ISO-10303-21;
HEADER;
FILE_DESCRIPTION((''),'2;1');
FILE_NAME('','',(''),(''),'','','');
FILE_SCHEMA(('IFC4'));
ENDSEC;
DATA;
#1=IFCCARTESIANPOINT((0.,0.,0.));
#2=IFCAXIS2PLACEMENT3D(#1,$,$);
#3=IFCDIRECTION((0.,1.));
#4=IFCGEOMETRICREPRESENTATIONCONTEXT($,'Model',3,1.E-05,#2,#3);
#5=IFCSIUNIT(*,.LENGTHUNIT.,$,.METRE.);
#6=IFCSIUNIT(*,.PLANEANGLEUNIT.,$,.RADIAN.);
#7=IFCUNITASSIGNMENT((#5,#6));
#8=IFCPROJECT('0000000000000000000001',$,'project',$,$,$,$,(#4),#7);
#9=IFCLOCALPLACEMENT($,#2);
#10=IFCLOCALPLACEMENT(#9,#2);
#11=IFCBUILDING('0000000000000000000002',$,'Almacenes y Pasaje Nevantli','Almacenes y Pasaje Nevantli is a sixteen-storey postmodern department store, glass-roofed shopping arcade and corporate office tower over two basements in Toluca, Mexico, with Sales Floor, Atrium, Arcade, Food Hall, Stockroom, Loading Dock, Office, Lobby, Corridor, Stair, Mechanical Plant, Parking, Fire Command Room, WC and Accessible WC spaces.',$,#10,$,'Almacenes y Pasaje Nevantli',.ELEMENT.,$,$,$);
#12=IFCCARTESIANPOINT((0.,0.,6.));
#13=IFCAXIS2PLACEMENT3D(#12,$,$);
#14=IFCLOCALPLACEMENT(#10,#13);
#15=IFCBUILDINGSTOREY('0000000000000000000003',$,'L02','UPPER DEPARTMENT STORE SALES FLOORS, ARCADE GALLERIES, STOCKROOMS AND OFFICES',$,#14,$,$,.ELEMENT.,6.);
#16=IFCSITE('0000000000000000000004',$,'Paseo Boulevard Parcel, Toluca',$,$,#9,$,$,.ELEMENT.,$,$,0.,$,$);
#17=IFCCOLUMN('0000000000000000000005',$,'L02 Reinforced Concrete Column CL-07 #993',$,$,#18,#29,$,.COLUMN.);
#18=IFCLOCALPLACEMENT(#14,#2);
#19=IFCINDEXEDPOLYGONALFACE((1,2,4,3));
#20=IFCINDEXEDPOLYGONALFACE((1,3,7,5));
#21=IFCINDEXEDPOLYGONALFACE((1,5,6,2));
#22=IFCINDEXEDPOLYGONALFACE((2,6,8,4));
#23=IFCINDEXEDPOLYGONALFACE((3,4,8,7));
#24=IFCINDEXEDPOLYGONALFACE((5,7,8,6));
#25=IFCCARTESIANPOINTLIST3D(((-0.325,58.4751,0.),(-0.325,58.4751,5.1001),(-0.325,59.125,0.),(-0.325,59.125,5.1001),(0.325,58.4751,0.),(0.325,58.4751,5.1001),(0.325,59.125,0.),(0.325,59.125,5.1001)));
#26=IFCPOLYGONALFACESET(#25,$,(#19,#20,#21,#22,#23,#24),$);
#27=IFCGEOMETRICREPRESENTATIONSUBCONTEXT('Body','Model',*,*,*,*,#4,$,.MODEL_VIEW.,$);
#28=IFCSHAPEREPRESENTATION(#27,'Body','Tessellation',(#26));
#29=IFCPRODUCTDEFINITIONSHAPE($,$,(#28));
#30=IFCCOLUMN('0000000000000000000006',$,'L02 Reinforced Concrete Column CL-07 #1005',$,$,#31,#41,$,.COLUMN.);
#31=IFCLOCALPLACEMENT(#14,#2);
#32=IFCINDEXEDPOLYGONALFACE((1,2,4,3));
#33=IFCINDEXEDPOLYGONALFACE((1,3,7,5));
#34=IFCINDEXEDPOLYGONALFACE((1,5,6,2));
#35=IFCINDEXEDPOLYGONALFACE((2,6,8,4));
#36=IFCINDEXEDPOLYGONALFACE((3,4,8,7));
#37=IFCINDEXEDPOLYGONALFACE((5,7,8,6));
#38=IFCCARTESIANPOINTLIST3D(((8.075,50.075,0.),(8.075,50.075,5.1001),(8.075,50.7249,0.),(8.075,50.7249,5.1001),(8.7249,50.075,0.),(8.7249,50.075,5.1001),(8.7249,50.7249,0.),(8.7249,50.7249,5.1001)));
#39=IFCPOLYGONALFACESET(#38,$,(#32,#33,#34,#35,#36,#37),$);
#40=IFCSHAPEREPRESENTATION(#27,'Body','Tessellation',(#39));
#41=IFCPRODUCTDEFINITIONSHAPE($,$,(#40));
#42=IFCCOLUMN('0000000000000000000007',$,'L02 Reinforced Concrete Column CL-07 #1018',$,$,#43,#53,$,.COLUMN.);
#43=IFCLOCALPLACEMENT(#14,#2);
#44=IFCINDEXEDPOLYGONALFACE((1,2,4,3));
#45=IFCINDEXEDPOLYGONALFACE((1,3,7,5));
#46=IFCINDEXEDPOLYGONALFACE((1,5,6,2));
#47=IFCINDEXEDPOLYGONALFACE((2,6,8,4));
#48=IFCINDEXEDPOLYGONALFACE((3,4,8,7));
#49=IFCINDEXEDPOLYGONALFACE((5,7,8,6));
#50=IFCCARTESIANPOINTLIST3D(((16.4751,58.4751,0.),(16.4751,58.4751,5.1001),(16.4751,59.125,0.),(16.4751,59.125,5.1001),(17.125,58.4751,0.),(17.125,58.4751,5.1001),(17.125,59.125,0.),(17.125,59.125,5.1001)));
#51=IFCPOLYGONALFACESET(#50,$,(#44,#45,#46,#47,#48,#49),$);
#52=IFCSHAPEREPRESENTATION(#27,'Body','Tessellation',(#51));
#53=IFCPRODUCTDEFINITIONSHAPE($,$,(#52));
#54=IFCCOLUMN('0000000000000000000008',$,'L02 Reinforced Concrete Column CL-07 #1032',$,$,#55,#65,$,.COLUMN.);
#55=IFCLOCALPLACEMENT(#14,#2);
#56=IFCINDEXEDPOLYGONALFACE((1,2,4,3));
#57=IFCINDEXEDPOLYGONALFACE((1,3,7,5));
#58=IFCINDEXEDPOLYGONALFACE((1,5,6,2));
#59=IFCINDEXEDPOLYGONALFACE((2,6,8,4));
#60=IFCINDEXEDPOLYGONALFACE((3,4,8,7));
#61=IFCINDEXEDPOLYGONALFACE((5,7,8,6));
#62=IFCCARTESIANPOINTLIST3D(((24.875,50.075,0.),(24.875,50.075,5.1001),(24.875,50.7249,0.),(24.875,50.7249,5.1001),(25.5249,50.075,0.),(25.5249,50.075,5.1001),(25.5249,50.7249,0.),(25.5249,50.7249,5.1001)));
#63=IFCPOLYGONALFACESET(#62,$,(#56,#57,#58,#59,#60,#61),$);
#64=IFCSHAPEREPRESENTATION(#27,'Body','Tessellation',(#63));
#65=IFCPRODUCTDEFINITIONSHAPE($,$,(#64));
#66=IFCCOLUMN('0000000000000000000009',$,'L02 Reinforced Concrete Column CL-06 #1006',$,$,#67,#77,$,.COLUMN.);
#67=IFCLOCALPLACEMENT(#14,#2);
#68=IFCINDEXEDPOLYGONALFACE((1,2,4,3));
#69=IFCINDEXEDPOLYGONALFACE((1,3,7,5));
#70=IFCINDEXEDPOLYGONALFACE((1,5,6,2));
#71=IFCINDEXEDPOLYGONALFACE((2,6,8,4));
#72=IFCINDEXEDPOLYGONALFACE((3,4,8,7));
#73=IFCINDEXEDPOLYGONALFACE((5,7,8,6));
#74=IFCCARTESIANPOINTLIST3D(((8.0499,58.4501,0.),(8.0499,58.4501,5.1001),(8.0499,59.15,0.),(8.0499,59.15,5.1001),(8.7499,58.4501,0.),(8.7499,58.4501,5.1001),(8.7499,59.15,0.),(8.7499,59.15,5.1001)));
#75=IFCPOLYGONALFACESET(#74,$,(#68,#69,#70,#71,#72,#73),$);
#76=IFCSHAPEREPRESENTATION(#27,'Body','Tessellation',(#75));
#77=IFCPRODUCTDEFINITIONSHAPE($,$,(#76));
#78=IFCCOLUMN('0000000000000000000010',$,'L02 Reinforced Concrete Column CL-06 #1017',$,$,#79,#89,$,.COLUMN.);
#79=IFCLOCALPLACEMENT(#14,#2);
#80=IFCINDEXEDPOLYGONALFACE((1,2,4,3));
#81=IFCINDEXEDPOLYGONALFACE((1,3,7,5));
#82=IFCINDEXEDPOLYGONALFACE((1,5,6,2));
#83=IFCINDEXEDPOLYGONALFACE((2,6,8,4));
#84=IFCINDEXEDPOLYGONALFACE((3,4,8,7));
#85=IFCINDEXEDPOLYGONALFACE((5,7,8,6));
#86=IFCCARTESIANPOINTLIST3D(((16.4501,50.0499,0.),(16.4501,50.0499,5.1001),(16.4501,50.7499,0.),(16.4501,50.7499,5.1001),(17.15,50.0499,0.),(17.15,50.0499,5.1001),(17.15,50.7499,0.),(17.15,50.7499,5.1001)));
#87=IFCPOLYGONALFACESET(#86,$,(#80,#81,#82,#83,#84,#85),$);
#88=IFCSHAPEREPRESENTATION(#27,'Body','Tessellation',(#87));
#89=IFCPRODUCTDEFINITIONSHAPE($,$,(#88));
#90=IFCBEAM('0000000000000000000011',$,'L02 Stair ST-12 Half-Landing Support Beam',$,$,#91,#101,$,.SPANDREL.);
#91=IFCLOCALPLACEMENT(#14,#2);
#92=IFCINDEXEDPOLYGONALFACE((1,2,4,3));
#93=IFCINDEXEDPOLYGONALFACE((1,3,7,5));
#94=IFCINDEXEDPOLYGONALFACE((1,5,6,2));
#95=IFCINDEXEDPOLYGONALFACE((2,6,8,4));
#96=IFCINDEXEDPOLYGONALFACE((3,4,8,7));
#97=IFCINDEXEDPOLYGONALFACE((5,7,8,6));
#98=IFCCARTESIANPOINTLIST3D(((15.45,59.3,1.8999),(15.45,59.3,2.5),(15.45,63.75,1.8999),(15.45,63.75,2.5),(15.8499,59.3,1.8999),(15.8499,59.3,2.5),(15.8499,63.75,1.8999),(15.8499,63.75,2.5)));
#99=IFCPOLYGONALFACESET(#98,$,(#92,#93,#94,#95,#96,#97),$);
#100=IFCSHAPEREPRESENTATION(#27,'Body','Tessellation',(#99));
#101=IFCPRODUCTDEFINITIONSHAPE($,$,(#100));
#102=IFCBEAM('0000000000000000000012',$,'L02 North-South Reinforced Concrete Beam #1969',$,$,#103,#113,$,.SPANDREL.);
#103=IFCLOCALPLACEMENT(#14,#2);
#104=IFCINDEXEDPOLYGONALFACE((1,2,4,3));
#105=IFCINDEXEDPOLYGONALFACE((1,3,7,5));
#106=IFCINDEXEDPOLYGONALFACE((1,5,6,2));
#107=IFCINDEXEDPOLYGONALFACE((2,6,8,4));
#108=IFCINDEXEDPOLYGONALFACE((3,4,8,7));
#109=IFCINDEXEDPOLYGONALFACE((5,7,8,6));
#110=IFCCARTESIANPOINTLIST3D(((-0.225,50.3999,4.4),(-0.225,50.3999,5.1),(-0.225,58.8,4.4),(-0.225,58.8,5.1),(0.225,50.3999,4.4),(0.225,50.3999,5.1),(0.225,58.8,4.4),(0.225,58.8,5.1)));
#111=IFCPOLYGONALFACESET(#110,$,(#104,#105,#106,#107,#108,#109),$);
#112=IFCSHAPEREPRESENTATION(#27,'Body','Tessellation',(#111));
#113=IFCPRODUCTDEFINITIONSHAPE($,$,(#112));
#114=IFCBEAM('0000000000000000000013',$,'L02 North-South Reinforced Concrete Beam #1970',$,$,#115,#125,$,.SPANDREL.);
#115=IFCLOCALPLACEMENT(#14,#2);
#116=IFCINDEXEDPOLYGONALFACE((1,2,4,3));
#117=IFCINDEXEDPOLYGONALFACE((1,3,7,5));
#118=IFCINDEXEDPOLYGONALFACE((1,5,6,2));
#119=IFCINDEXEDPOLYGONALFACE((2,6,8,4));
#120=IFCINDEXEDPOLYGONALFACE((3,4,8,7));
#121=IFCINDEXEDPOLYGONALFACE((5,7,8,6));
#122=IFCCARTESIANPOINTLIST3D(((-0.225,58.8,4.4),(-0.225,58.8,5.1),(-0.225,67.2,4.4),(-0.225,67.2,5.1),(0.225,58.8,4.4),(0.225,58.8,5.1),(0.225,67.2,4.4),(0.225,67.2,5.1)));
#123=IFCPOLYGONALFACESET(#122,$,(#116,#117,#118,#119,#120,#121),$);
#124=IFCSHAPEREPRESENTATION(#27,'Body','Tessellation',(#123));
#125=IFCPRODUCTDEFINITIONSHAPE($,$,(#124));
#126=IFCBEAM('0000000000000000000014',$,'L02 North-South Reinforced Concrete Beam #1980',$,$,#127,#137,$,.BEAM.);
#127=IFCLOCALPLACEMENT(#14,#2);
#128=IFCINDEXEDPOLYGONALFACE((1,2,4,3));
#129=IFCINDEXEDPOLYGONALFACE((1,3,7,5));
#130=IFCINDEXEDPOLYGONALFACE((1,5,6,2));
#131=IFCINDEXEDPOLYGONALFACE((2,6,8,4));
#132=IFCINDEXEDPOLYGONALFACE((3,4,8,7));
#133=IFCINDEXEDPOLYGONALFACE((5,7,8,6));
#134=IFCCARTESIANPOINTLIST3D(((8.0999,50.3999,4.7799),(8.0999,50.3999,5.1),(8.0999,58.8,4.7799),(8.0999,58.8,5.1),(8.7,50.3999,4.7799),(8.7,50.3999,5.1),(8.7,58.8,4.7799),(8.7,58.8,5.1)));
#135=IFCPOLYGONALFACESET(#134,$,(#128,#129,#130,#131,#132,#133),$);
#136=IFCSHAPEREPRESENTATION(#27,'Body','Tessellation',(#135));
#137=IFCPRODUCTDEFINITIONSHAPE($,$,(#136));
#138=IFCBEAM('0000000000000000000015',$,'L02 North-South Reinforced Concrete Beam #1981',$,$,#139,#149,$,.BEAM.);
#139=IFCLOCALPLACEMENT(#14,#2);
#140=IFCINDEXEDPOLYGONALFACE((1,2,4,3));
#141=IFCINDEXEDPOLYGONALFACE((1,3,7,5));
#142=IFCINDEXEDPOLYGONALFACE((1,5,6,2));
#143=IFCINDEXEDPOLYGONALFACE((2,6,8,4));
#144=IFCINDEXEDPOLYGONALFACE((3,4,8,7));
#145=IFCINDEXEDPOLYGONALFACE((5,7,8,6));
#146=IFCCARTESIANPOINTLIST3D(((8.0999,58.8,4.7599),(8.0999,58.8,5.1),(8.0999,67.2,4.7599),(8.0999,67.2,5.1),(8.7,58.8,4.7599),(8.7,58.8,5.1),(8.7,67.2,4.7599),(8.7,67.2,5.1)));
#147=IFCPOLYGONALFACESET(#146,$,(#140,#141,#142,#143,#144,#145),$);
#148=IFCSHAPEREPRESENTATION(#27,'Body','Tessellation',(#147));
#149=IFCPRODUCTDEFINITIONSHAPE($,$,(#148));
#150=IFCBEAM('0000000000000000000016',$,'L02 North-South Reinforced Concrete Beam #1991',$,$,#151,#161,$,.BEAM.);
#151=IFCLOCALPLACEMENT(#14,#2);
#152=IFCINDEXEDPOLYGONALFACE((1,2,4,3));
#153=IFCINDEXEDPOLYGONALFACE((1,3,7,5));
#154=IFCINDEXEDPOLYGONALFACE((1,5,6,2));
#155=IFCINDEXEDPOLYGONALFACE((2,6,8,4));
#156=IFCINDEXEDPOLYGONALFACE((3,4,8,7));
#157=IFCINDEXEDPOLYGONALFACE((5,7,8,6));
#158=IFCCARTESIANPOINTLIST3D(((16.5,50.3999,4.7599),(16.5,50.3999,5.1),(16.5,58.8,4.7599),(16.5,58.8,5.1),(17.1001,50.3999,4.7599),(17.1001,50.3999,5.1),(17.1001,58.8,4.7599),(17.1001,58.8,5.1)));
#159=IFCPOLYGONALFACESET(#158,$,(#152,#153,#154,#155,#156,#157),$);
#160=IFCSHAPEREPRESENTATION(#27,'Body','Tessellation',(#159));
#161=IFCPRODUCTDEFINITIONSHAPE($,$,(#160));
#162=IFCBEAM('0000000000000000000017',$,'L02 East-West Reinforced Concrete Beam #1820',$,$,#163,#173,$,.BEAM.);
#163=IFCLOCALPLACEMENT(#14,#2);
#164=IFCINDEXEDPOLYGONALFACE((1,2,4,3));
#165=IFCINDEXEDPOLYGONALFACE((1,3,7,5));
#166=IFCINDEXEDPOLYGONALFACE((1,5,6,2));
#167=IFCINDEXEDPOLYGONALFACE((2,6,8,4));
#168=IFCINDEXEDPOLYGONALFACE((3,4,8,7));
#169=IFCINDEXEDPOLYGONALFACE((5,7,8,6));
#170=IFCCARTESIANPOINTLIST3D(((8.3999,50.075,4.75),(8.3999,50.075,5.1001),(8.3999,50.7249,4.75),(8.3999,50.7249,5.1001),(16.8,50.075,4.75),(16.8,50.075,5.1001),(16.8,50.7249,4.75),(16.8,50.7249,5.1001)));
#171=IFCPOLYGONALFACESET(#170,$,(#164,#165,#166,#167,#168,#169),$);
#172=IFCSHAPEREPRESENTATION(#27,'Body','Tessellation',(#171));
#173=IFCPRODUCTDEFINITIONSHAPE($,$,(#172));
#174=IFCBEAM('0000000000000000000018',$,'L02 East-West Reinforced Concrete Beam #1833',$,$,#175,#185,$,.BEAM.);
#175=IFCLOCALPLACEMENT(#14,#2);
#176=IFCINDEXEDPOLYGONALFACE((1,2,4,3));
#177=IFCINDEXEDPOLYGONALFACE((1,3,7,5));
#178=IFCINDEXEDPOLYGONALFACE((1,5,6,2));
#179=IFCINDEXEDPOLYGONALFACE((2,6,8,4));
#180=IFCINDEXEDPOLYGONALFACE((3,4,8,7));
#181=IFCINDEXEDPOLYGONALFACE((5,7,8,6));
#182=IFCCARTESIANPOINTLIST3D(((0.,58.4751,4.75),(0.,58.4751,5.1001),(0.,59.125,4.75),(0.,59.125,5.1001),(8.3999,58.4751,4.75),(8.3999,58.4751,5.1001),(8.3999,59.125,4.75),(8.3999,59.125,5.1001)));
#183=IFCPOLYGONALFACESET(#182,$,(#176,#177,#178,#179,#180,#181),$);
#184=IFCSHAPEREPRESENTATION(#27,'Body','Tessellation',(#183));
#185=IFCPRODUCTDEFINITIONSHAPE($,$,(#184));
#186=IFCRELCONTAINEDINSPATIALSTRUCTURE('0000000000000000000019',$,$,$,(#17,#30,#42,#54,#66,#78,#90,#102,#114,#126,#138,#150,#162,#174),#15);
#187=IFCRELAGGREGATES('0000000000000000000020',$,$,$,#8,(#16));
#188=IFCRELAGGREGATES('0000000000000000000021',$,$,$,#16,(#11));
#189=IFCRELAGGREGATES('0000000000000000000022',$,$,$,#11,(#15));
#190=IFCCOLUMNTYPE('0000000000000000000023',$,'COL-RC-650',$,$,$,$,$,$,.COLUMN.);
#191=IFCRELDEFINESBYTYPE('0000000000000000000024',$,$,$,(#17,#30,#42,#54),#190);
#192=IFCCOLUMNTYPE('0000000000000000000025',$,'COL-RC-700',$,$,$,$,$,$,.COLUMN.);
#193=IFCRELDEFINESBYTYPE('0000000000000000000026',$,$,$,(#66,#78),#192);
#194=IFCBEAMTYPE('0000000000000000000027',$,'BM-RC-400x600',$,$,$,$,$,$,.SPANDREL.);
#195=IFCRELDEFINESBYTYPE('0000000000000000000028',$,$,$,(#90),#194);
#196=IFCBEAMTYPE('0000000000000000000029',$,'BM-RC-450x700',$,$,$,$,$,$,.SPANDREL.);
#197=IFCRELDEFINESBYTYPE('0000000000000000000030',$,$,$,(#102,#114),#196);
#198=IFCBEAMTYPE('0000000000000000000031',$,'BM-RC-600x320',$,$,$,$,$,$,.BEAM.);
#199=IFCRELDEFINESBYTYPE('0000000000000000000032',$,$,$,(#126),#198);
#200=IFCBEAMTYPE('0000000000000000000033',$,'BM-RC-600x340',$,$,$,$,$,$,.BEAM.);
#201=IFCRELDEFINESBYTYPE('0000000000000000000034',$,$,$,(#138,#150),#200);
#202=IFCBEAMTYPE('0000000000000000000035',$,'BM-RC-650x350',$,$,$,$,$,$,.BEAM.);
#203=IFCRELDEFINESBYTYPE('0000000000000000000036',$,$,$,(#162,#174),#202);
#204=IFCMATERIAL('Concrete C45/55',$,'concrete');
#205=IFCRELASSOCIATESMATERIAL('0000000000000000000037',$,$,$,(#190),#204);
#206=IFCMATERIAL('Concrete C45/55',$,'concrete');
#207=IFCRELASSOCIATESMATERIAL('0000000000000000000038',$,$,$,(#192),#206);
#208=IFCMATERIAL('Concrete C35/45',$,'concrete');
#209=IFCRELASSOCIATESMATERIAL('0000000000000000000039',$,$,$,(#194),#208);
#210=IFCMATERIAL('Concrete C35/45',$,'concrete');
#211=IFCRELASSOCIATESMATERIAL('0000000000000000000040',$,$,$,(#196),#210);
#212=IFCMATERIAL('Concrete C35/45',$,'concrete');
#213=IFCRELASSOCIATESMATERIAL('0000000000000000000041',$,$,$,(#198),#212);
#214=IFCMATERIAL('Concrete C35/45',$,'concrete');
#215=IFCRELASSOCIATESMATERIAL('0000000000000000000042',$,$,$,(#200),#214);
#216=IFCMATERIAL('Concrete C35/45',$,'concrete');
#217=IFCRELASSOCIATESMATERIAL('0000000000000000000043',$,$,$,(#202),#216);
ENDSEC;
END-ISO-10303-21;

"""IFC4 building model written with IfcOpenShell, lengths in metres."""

from ifc_helpers import new_model, si_unit, direction, frame, origin, origin_2d, place, context, subcontext, project, spatial, rectangle, extrude, material, material_profile, profile_set, type_object, element, save


model = new_model("IFC4")

# Units and contexts
model_context = context("Model", 3, precision=1e-05, world=origin(), true_north=direction((0.0, 1.0)))
body_context = subcontext(model_context, "Body", "Model", "MODEL_VIEW")
ifc_project = project(units=[si_unit("LENGTHUNIT", "METRE"), si_unit("PLANEANGLEUNIT", "RADIAN")], contexts=[model_context])

# Site, building, storey
site_placement = place(None, origin())
site = spatial("IfcSite", under=ifc_project, at=site_placement, Name="Paseo Boulevard Parcel, Toluca", CompositionType="ELEMENT", RefElevation=0.0)
building_placement = place(site_placement, origin())
building = spatial("IfcBuilding", under=site, at=building_placement, Name="Almacenes y Pasaje Nevantli", Description="Almacenes y Pasaje Nevantli is a sixteen-storey postmodern department store, glass-roofed shopping arcade and corporate office tower over two basements in Toluca, Mexico, with Sales Floor, Atrium, Arcade, Food Hall, Stockroom, Loading Dock, Office, Lobby, Corridor, Stair, Mechanical Plant, Parking, Fire Command Room, WC and Accessible WC spaces.", LongName="Almacenes y Pasaje Nevantli", CompositionType="ELEMENT")
storey_placement = place(building_placement, frame((0.0, 0.0, 6.0)))
storey = spatial("IfcBuildingStorey", under=building, at=storey_placement, Name="L02", Description="UPPER DEPARTMENT STORE SALES FLOORS, ARCADE GALLERIES, STOCKROOMS AND OFFICES", CompositionType="ELEMENT", Elevation=6.0)

# Columns
ifc_material_1 = material(Name="Concrete C45/55", Category="concrete")
ifc_material_profile_1 = material_profile(ifc_material_1, rectangle(XDim=0.6499, YDim=0.6499, at=origin_2d()), Name="RC-COL-650x650")
ifc_profile_set_1 = profile_set([ifc_material_profile_1], Name="Concrete C45/55")
column_type_1 = type_object("IfcColumnType", Name="COL-RC-650", PredefinedType="COLUMN", material=ifc_profile_set_1)
for number, where, z_axis, x_axis, name in (
    (1, (0.0, 58.8, 0.0), (0.0, 0.0, 1.0), (1.0, 0.0, 0.0), "L02 Reinforced Concrete Column CL-07 #993"),
    (2, (8.3999, 50.3999, 0.0), (0.0, 0.0, 1.0), (1.0, 0.0, 0.0), "L02 Reinforced Concrete Column CL-07 #1005"),
    (3, (16.8, 58.8, 0.0), (0.0, 0.0, 1.0), (1.0, 0.0, 0.0), "L02 Reinforced Concrete Column CL-07 #1018"),
    (4, (25.2, 50.3999, 0.0), (0.0, 0.0, 1.0), (1.0, 0.0, 0.0), "L02 Reinforced Concrete Column CL-07 #1032"),
):
    element("IfcColumn", number, at=place(storey_placement, frame(where, z_axis=z_axis, x_axis=x_axis)), inside=storey, type_object=column_type_1, Name=name, PredefinedType="COLUMN", context=body_context, shape_type="SweptSolid", body=[
        extrude(rectangle(XDim=0.6499, YDim=0.6499, at=origin_2d()), origin(), (0.0, 0.0, 1.0), 5.1001),
    ])
ifc_material_2 = material(Name="Concrete C45/55", Category="concrete")
ifc_material_profile_2 = material_profile(ifc_material_2, rectangle(XDim=0.7, YDim=0.7, at=origin_2d()), Name="RC-COL-700x700")
ifc_profile_set_2 = profile_set([ifc_material_profile_2], Name="Concrete C45/55")
column_type_2 = type_object("IfcColumnType", Name="COL-RC-700", PredefinedType="COLUMN", material=ifc_profile_set_2)
for number, where, z_axis, x_axis, name in (
    (5, (8.3999, 58.8, 0.0), (0.0, 0.0, 1.0), (1.0, 0.0, 0.0), "L02 Reinforced Concrete Column CL-06 #1006"),
    (6, (16.8, 50.3999, 0.0), (0.0, 0.0, 1.0), (1.0, 0.0, 0.0), "L02 Reinforced Concrete Column CL-06 #1017"),
):
    element("IfcColumn", number, at=place(storey_placement, frame(where, z_axis=z_axis, x_axis=x_axis)), inside=storey, type_object=column_type_2, Name=name, PredefinedType="COLUMN", context=body_context, shape_type="SweptSolid", body=[
        extrude(rectangle(XDim=0.7, YDim=0.7, at=origin_2d()), origin(), (0.0, 0.0, 1.0), 5.1001),
    ])

# Beams
ifc_material_3 = material(Name="Concrete C35/45", Category="concrete")
ifc_material_profile_3 = material_profile(ifc_material_3, rectangle(XDim=0.3999, YDim=0.6001, at=origin_2d()), Name="RC-BM-400x600")
ifc_profile_set_3 = profile_set([ifc_material_profile_3], Name="Concrete C35/45")
beam_type_1 = type_object("IfcBeamType", Name="BM-RC-400x600", PredefinedType="SPANDREL", material=ifc_profile_set_3)
beam_1_placement = place(storey_placement, frame((15.6499, 59.3, 2.2), z_axis=(0.0, 1.0, 0.0), x_axis=(-1.0, 0.0, 0.0)))
element("IfcBeam", 7, at=beam_1_placement, inside=storey, type_object=beam_type_1, Name="L02 Stair ST-12 Half-Landing Support Beam", PredefinedType="SPANDREL", context=body_context, shape_type="SweptSolid", body=[
    extrude(rectangle(XDim=0.3999, YDim=0.6001, at=origin_2d()), origin(), (0.0, 0.0, 1.0), 4.45),
])
ifc_material_4 = material(Name="Concrete C35/45", Category="concrete")
ifc_material_profile_4 = material_profile(ifc_material_4, rectangle(XDim=0.45, YDim=0.7, at=origin_2d()), Name="RC-BM-450x700")
ifc_profile_set_4 = profile_set([ifc_material_profile_4], Name="Concrete C35/45")
beam_type_2 = type_object("IfcBeamType", Name="BM-RC-450x700", PredefinedType="SPANDREL", material=ifc_profile_set_4)
beam_2_placement = place(storey_placement, frame((0.0, 50.3999, 4.75), z_axis=(0.0, 1.0, 0.0), x_axis=(-1.0, 0.0, 0.0)))
element("IfcBeam", 8, at=beam_2_placement, inside=storey, type_object=beam_type_2, Name="L02 North-South Reinforced Concrete Beam #1969", PredefinedType="SPANDREL", context=body_context, shape_type="SweptSolid", body=[
    extrude(rectangle(XDim=0.45, YDim=0.7, at=origin_2d()), origin(), (0.0, 0.0, 1.0), 8.4001),
])
beam_3_placement = place(storey_placement, frame((0.0, 58.8, 4.75), z_axis=(0.0, 1.0, 0.0), x_axis=(-1.0, 0.0, 0.0)))
element("IfcBeam", 9, at=beam_3_placement, inside=storey, type_object=beam_type_2, Name="L02 North-South Reinforced Concrete Beam #1970", PredefinedType="SPANDREL", context=body_context, shape_type="SweptSolid", body=[
    extrude(rectangle(XDim=0.45, YDim=0.7, at=origin_2d()), origin(), (0.0, 0.0, 1.0), 8.3999),
])
ifc_material_5 = material(Name="Concrete C35/45", Category="concrete")
ifc_material_profile_5 = material_profile(ifc_material_5, rectangle(XDim=0.6001, YDim=0.3201, at=origin_2d()), Name="RC-BM-600x320")
ifc_profile_set_5 = profile_set([ifc_material_profile_5], Name="Concrete C35/45")
beam_type_3 = type_object("IfcBeamType", Name="BM-RC-600x320", PredefinedType="BEAM", material=ifc_profile_set_5)
beam_4_placement = place(storey_placement, frame((8.3999, 50.3999, 4.9399), z_axis=(0.0, 1.0, 0.0), x_axis=(-1.0, 0.0, 0.0)))
element("IfcBeam", 10, at=beam_4_placement, inside=storey, type_object=beam_type_3, Name="L02 North-South Reinforced Concrete Beam #1980", PredefinedType="BEAM", context=body_context, shape_type="SweptSolid", body=[
    extrude(rectangle(XDim=0.6001, YDim=0.3201, at=origin_2d()), origin(), (0.0, 0.0, 1.0), 8.4001),
])
ifc_material_6 = material(Name="Concrete C35/45", Category="concrete")
ifc_material_profile_6 = material_profile(ifc_material_6, rectangle(XDim=0.6001, YDim=0.3401, at=origin_2d()), Name="RC-BM-600x340")
ifc_profile_set_6 = profile_set([ifc_material_profile_6], Name="Concrete C35/45")
beam_type_4 = type_object("IfcBeamType", Name="BM-RC-600x340", PredefinedType="BEAM", material=ifc_profile_set_6)
beam_5_placement = place(storey_placement, frame((8.3999, 58.8, 4.9299), z_axis=(0.0, 1.0, 0.0), x_axis=(-1.0, 0.0, 0.0)))
element("IfcBeam", 11, at=beam_5_placement, inside=storey, type_object=beam_type_4, Name="L02 North-South Reinforced Concrete Beam #1981", PredefinedType="BEAM", context=body_context, shape_type="SweptSolid", body=[
    extrude(rectangle(XDim=0.6001, YDim=0.3401, at=origin_2d()), origin(), (0.0, 0.0, 1.0), 8.3999),
])
beam_6_placement = place(storey_placement, frame((16.8, 50.3999, 4.9299), z_axis=(0.0, 1.0, 0.0), x_axis=(-1.0, 0.0, 0.0)))
element("IfcBeam", 12, at=beam_6_placement, inside=storey, type_object=beam_type_4, Name="L02 North-South Reinforced Concrete Beam #1991", PredefinedType="BEAM", context=body_context, shape_type="SweptSolid", body=[
    extrude(rectangle(XDim=0.6001, YDim=0.3401, at=origin_2d()), origin(), (0.0, 0.0, 1.0), 8.4001),
])
ifc_material_7 = material(Name="Concrete C35/45", Category="concrete")
ifc_material_profile_7 = material_profile(ifc_material_7, rectangle(XDim=0.6499, YDim=0.3501, at=origin_2d()), Name="RC-BM-650x350")
ifc_profile_set_7 = profile_set([ifc_material_profile_7], Name="Concrete C35/45")
beam_type_5 = type_object("IfcBeamType", Name="BM-RC-650x350", PredefinedType="BEAM", material=ifc_profile_set_7)
beam_7_placement = place(storey_placement, frame((8.3999, 50.3999, 4.925), z_axis=(1.0, 0.0, 0.0), x_axis=(0.0, 1.0, 0.0)))
element("IfcBeam", 13, at=beam_7_placement, inside=storey, type_object=beam_type_5, Name="L02 East-West Reinforced Concrete Beam #1820", PredefinedType="BEAM", context=body_context, shape_type="SweptSolid", body=[
    extrude(rectangle(XDim=0.6499, YDim=0.3501, at=origin_2d()), origin(), (0.0, 0.0, 1.0), 8.4001),
])
for number, where, z_axis, x_axis, name in (
    (14, (0.0, 58.8, 4.925), (1.0, 0.0, 0.0), (0.0, 1.0, 0.0), "L02 East-West Reinforced Concrete Beam #1833"),
):
    element("IfcBeam", number, at=place(storey_placement, frame(where, z_axis=z_axis, x_axis=x_axis)), inside=storey, type_object=beam_type_5, Name=name, PredefinedType="BEAM", context=body_context, shape_type="SweptSolid", body=[
        extrude(rectangle(XDim=0.6499, YDim=0.3501, at=origin_2d()), origin(), (0.0, 0.0, 1.0), 8.3999),
    ])

save(model, "model.ifc")
